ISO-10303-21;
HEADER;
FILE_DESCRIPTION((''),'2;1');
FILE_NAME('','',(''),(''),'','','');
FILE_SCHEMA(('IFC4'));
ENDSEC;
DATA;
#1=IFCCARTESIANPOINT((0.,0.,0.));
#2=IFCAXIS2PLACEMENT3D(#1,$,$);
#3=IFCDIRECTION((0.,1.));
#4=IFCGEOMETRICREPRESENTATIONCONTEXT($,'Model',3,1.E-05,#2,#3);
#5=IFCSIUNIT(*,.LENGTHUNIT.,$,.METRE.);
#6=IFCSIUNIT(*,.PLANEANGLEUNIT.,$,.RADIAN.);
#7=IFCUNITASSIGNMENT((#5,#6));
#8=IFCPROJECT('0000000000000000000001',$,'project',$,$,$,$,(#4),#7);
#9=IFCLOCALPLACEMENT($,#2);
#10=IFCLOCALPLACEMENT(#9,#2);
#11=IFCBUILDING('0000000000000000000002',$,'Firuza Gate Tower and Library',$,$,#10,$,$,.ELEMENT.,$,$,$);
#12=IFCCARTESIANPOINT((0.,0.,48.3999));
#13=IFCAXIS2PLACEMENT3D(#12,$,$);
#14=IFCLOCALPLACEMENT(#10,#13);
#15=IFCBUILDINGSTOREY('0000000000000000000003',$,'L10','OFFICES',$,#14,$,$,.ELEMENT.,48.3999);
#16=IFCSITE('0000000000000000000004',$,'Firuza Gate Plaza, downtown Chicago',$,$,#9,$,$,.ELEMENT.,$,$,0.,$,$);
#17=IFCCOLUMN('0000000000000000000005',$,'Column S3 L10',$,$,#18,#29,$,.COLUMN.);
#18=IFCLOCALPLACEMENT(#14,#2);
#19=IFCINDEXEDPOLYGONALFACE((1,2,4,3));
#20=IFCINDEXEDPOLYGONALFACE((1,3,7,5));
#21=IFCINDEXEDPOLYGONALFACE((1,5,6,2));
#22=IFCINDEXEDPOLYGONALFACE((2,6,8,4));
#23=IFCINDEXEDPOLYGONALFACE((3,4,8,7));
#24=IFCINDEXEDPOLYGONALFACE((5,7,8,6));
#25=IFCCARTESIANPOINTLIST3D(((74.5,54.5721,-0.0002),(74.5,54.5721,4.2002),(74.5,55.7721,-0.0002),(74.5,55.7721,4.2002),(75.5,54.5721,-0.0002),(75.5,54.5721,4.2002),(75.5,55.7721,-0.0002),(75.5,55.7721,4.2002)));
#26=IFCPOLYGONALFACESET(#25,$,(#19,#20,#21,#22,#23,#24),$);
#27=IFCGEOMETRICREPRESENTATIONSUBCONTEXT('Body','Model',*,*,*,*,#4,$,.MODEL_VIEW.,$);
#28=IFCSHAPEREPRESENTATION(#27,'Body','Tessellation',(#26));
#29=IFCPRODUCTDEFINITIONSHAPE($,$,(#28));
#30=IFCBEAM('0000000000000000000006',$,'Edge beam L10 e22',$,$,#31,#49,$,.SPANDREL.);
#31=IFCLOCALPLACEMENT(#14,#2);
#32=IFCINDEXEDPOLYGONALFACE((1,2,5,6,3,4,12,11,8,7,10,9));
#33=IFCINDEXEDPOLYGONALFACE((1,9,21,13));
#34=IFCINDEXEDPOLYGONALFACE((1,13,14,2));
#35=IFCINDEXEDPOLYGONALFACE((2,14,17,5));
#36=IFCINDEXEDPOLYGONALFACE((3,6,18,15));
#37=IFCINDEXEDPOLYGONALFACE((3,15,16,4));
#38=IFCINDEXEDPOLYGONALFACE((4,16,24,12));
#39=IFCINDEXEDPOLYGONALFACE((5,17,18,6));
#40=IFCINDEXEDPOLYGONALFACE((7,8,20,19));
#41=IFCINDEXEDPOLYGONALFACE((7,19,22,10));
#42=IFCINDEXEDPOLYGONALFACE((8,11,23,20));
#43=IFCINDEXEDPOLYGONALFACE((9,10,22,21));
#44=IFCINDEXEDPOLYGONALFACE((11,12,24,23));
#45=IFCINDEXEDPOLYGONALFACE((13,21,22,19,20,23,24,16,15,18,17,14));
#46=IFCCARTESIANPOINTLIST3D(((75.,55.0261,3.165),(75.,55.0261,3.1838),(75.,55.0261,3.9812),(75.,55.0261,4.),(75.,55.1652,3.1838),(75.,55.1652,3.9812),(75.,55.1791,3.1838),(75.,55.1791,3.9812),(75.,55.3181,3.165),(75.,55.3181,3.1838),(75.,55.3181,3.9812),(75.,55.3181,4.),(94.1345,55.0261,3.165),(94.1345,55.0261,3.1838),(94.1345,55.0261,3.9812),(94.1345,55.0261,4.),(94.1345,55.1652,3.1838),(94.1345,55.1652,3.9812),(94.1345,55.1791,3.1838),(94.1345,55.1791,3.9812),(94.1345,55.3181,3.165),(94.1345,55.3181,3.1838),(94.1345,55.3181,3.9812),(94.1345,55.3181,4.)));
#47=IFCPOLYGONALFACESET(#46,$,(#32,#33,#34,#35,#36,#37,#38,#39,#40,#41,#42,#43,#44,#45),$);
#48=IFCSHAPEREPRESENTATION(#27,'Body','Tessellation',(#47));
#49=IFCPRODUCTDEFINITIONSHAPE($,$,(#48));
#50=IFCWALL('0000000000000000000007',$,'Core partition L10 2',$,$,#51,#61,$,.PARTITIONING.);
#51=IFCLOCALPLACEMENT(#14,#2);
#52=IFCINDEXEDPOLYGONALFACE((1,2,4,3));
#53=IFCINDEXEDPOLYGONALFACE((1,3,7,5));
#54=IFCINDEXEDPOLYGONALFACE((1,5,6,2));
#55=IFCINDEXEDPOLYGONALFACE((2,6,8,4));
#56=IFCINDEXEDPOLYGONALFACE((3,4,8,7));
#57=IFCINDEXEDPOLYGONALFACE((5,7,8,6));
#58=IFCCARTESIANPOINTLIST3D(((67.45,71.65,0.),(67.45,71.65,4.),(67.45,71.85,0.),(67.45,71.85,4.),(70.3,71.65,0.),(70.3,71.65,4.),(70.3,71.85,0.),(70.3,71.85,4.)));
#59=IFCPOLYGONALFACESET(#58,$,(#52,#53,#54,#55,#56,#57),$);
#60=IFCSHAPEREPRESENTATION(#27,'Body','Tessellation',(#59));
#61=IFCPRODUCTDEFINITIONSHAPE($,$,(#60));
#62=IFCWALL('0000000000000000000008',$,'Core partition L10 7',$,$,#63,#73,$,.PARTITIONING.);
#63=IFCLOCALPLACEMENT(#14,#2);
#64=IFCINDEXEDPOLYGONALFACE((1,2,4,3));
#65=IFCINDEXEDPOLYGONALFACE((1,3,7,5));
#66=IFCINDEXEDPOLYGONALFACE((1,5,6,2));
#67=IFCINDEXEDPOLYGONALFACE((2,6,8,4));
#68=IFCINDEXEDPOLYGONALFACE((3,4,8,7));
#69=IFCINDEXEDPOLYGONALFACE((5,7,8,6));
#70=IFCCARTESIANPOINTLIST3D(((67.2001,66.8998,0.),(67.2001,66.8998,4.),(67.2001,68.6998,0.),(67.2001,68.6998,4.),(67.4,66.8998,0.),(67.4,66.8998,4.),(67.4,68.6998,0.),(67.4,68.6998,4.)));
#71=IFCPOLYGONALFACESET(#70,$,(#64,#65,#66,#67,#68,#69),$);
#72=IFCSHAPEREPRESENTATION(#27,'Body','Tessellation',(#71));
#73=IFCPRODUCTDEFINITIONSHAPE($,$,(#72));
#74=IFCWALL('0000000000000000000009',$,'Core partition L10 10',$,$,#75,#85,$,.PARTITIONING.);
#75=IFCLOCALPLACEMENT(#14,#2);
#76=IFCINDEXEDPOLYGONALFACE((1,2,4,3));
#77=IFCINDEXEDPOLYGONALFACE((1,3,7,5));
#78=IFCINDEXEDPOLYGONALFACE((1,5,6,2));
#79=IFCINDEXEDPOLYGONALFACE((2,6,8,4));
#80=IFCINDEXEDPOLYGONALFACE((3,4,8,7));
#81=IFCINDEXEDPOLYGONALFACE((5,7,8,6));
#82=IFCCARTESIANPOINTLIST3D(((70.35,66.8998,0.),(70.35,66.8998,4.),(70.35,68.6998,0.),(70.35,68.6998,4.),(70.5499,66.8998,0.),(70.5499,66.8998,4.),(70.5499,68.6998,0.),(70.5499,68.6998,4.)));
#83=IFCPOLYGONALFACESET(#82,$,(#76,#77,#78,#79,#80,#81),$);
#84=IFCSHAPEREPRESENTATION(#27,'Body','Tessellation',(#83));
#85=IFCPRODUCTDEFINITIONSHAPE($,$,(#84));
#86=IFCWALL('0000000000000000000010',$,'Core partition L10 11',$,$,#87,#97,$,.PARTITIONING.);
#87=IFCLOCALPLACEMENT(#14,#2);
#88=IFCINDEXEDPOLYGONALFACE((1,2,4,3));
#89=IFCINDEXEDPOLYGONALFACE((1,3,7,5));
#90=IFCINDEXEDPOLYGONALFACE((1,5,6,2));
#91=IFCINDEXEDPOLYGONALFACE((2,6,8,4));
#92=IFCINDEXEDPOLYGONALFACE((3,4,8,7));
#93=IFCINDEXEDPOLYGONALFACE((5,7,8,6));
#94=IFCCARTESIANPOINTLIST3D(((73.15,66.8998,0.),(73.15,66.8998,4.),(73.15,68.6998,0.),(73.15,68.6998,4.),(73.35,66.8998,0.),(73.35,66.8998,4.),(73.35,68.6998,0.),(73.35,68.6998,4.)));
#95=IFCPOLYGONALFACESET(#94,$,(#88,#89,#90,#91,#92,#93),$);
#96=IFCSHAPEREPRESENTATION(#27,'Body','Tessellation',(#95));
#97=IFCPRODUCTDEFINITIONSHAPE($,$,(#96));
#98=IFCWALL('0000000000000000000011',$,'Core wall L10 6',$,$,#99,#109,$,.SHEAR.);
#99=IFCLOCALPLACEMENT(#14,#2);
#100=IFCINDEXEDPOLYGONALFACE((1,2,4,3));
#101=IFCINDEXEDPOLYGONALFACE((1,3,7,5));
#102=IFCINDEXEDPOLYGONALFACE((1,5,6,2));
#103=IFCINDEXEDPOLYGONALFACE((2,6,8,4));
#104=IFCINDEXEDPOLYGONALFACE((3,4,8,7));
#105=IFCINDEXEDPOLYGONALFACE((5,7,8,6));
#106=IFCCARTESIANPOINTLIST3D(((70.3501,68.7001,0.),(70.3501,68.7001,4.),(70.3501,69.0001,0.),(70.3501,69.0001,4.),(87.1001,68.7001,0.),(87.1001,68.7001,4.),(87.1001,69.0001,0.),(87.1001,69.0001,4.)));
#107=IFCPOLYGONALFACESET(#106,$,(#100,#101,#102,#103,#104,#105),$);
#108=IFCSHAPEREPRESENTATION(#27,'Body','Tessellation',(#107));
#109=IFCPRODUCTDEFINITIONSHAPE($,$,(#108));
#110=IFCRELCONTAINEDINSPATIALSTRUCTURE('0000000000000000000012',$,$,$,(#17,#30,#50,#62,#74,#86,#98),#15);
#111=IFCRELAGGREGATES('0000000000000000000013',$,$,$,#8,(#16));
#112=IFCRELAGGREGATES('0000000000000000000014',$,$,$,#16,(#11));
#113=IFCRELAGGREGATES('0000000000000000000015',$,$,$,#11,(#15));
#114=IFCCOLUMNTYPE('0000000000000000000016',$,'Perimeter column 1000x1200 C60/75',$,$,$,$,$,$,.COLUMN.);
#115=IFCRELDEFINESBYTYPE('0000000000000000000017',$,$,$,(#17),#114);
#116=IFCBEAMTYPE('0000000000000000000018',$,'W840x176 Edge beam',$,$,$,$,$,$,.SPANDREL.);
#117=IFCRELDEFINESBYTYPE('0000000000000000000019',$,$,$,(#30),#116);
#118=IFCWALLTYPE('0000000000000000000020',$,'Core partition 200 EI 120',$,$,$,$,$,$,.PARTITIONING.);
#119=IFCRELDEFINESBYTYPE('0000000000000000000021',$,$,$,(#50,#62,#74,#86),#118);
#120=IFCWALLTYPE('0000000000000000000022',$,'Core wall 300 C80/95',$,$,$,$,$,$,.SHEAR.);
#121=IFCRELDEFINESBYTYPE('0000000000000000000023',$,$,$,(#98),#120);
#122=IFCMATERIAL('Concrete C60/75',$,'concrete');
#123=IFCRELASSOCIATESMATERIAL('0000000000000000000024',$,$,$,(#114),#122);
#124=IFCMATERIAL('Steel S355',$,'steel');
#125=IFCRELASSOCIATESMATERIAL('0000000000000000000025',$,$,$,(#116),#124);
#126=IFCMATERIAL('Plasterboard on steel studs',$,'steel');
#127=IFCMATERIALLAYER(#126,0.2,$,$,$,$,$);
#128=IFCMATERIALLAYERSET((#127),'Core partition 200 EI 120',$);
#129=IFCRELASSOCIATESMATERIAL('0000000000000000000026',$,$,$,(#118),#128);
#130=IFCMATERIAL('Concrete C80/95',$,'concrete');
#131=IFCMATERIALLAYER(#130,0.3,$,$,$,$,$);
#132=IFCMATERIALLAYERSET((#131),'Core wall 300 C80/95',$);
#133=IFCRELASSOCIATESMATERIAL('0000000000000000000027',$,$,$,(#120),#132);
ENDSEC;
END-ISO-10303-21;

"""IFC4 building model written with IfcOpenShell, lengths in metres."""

from ifc_helpers import new_model, si_unit, direction, frame, frame_2d, origin, origin_2d, place, context, subcontext, project, spatial, rectangle, i_section, extrude, material, layer, layer_set, material_profile, profile_set, type_object, element, save


model = new_model("IFC4")

# Units and contexts
model_context = context("Model", 3, precision=1e-05, world=origin(), true_north=direction((0.0, 1.0)))
body_context = subcontext(model_context, "Body", "Model", "MODEL_VIEW")
ifc_project = project(units=[si_unit("LENGTHUNIT", "METRE"), si_unit("PLANEANGLEUNIT", "RADIAN")], contexts=[model_context])

# Site, building, storey
site_placement = place(None, origin())
site = spatial("IfcSite", under=ifc_project, at=site_placement, Name="Firuza Gate Plaza, downtown Chicago", CompositionType="ELEMENT", RefElevation=0.0)
building_placement = place(site_placement, origin())
building = spatial("IfcBuilding", under=site, at=building_placement, Name="Firuza Gate Tower and Library", CompositionType="ELEMENT")
storey_placement = place(building_placement, frame((0.0, 0.0, 48.3999)))
storey = spatial("IfcBuildingStorey", under=building, at=storey_placement, Name="L10", Description="OFFICES", CompositionType="ELEMENT", Elevation=48.3999)

# Column
ifc_material_1 = material(Name="Concrete C60/75", Category="concrete")
ifc_material_profile_1 = material_profile(ifc_material_1, rectangle(XDim=1.0, YDim=1.2, at=origin_2d()))
ifc_profile_set_1 = profile_set([ifc_material_profile_1], Name="Concrete C60/75")
column_type = type_object("IfcColumnType", Name="Perimeter column 1000x1200 C60/75", PredefinedType="COLUMN", material=ifc_profile_set_1)
column_placement = place(storey_placement, frame((75.0, 55.1721, -0.0002), z_axis=(0.0, 0.0, 1.0), x_axis=(1.0, 0.0, 0.0)))
element("IfcColumn", 1, at=column_placement, inside=storey, type_object=column_type, Name="Column S3 L10", PredefinedType="COLUMN", context=body_context, shape_type="SweptSolid", body=[
    extrude(rectangle(XDim=1.0, YDim=1.2, at=origin_2d()), origin(), (0.0, 0.0, 1.0), 4.2004),
])

# Beam
ifc_material_2 = material(Name="Steel S355", Category="steel")
ifc_material_profile_2 = material_profile(ifc_material_2, i_section(OverallWidth=0.292, OverallDepth=0.835, WebThickness=0.0139, FlangeThickness=0.0188, at=origin_2d()))
ifc_profile_set_2 = profile_set([ifc_material_profile_2], Name="Steel S355")
beam_type = type_object("IfcBeamType", Name="W840x176 Edge beam", PredefinedType="SPANDREL", material=ifc_profile_set_2)
beam_placement = place(storey_placement, frame((75.0, 55.1721, 3.5825), z_axis=(1.0, 0.0, 0.0), x_axis=(0.0, 1.0, 0.0)))
element("IfcBeam", 2, at=beam_placement, inside=storey, type_object=beam_type, Name="Edge beam L10 e22", PredefinedType="SPANDREL", context=body_context, shape_type="SweptSolid", body=[
    extrude(i_section(OverallWidth=0.292, OverallDepth=0.835, WebThickness=0.0139, FlangeThickness=0.0188, at=origin_2d()), origin(), (0.0, 0.0, 1.0), 19.1345),
])

# Walls
ifc_material_3 = material(Name="Plasterboard on steel studs", Category="steel")
ifc_layer_1 = layer(ifc_material_3, 0.2)
ifc_layer_set_1 = layer_set([ifc_layer_1], Name="Core partition 200 EI 120")
wall_type_1 = type_object("IfcWallType", Name="Core partition 200 EI 120", PredefinedType="PARTITIONING", material=ifc_layer_set_1)
wall_1_placement = place(storey_placement, frame((67.45, 71.75, 0.0), z_axis=(0.0, 0.0, 1.0), x_axis=(1.0, 0.0, 0.0)))
element("IfcWall", 3, at=wall_1_placement, inside=storey, type_object=wall_type_1, Name="Core partition L10 2", PredefinedType="PARTITIONING", context=body_context, shape_type="SweptSolid", body=[
    extrude(rectangle(XDim=2.8501, YDim=0.2, at=frame_2d((1.425, 0.0))), origin(), (0.0, 0.0, 1.0), 4.0),
])
for number, where, z_axis, x_axis, name in (
    (4, (67.3, 66.8999, 0.0), (0.0, 0.0, 1.0), (0.0, 1.0, 0.0), "Core partition L10 7"),
    (5, (70.45, 66.8999, 0.0), (0.0, 0.0, 1.0), (0.0, 1.0, 0.0), "Core partition L10 10"),
    (6, (73.25, 66.8999, 0.0), (0.0, 0.0, 1.0), (0.0, 1.0, 0.0), "Core partition L10 11"),
):
    element("IfcWall", number, at=place(storey_placement, frame(where, z_axis=z_axis, x_axis=x_axis)), inside=storey, type_object=wall_type_1, Name=name, PredefinedType="PARTITIONING", context=body_context, shape_type="SweptSolid", body=[
        extrude(rectangle(XDim=1.8, YDim=0.2, at=frame_2d((0.8999, 0.0))), origin(), (0.0, 0.0, 1.0), 4.0),
    ])
ifc_material_4 = material(Name="Concrete C80/95", Category="concrete")
ifc_layer_2 = layer(ifc_material_4, 0.3)
ifc_layer_set_2 = layer_set([ifc_layer_2], Name="Core wall 300 C80/95")
wall_type_2 = type_object("IfcWallType", Name="Core wall 300 C80/95", PredefinedType="SHEAR", material=ifc_layer_set_2)
wall_2_placement = place(storey_placement, frame((70.3501, 68.8501, 0.0), z_axis=(0.0, 0.0, 1.0), x_axis=(1.0, 0.0, 0.0)))
element("IfcWall", 7, at=wall_2_placement, inside=storey, type_object=wall_type_2, Name="Core wall L10 6", PredefinedType="SHEAR", context=body_context, shape_type="SweptSolid", body=[
    extrude(rectangle(XDim=16.75, YDim=0.3, at=frame_2d((8.375, 0.0))), origin(), (0.0, 0.0, 1.0), 4.0),
])

save(model, "model.ifc")
